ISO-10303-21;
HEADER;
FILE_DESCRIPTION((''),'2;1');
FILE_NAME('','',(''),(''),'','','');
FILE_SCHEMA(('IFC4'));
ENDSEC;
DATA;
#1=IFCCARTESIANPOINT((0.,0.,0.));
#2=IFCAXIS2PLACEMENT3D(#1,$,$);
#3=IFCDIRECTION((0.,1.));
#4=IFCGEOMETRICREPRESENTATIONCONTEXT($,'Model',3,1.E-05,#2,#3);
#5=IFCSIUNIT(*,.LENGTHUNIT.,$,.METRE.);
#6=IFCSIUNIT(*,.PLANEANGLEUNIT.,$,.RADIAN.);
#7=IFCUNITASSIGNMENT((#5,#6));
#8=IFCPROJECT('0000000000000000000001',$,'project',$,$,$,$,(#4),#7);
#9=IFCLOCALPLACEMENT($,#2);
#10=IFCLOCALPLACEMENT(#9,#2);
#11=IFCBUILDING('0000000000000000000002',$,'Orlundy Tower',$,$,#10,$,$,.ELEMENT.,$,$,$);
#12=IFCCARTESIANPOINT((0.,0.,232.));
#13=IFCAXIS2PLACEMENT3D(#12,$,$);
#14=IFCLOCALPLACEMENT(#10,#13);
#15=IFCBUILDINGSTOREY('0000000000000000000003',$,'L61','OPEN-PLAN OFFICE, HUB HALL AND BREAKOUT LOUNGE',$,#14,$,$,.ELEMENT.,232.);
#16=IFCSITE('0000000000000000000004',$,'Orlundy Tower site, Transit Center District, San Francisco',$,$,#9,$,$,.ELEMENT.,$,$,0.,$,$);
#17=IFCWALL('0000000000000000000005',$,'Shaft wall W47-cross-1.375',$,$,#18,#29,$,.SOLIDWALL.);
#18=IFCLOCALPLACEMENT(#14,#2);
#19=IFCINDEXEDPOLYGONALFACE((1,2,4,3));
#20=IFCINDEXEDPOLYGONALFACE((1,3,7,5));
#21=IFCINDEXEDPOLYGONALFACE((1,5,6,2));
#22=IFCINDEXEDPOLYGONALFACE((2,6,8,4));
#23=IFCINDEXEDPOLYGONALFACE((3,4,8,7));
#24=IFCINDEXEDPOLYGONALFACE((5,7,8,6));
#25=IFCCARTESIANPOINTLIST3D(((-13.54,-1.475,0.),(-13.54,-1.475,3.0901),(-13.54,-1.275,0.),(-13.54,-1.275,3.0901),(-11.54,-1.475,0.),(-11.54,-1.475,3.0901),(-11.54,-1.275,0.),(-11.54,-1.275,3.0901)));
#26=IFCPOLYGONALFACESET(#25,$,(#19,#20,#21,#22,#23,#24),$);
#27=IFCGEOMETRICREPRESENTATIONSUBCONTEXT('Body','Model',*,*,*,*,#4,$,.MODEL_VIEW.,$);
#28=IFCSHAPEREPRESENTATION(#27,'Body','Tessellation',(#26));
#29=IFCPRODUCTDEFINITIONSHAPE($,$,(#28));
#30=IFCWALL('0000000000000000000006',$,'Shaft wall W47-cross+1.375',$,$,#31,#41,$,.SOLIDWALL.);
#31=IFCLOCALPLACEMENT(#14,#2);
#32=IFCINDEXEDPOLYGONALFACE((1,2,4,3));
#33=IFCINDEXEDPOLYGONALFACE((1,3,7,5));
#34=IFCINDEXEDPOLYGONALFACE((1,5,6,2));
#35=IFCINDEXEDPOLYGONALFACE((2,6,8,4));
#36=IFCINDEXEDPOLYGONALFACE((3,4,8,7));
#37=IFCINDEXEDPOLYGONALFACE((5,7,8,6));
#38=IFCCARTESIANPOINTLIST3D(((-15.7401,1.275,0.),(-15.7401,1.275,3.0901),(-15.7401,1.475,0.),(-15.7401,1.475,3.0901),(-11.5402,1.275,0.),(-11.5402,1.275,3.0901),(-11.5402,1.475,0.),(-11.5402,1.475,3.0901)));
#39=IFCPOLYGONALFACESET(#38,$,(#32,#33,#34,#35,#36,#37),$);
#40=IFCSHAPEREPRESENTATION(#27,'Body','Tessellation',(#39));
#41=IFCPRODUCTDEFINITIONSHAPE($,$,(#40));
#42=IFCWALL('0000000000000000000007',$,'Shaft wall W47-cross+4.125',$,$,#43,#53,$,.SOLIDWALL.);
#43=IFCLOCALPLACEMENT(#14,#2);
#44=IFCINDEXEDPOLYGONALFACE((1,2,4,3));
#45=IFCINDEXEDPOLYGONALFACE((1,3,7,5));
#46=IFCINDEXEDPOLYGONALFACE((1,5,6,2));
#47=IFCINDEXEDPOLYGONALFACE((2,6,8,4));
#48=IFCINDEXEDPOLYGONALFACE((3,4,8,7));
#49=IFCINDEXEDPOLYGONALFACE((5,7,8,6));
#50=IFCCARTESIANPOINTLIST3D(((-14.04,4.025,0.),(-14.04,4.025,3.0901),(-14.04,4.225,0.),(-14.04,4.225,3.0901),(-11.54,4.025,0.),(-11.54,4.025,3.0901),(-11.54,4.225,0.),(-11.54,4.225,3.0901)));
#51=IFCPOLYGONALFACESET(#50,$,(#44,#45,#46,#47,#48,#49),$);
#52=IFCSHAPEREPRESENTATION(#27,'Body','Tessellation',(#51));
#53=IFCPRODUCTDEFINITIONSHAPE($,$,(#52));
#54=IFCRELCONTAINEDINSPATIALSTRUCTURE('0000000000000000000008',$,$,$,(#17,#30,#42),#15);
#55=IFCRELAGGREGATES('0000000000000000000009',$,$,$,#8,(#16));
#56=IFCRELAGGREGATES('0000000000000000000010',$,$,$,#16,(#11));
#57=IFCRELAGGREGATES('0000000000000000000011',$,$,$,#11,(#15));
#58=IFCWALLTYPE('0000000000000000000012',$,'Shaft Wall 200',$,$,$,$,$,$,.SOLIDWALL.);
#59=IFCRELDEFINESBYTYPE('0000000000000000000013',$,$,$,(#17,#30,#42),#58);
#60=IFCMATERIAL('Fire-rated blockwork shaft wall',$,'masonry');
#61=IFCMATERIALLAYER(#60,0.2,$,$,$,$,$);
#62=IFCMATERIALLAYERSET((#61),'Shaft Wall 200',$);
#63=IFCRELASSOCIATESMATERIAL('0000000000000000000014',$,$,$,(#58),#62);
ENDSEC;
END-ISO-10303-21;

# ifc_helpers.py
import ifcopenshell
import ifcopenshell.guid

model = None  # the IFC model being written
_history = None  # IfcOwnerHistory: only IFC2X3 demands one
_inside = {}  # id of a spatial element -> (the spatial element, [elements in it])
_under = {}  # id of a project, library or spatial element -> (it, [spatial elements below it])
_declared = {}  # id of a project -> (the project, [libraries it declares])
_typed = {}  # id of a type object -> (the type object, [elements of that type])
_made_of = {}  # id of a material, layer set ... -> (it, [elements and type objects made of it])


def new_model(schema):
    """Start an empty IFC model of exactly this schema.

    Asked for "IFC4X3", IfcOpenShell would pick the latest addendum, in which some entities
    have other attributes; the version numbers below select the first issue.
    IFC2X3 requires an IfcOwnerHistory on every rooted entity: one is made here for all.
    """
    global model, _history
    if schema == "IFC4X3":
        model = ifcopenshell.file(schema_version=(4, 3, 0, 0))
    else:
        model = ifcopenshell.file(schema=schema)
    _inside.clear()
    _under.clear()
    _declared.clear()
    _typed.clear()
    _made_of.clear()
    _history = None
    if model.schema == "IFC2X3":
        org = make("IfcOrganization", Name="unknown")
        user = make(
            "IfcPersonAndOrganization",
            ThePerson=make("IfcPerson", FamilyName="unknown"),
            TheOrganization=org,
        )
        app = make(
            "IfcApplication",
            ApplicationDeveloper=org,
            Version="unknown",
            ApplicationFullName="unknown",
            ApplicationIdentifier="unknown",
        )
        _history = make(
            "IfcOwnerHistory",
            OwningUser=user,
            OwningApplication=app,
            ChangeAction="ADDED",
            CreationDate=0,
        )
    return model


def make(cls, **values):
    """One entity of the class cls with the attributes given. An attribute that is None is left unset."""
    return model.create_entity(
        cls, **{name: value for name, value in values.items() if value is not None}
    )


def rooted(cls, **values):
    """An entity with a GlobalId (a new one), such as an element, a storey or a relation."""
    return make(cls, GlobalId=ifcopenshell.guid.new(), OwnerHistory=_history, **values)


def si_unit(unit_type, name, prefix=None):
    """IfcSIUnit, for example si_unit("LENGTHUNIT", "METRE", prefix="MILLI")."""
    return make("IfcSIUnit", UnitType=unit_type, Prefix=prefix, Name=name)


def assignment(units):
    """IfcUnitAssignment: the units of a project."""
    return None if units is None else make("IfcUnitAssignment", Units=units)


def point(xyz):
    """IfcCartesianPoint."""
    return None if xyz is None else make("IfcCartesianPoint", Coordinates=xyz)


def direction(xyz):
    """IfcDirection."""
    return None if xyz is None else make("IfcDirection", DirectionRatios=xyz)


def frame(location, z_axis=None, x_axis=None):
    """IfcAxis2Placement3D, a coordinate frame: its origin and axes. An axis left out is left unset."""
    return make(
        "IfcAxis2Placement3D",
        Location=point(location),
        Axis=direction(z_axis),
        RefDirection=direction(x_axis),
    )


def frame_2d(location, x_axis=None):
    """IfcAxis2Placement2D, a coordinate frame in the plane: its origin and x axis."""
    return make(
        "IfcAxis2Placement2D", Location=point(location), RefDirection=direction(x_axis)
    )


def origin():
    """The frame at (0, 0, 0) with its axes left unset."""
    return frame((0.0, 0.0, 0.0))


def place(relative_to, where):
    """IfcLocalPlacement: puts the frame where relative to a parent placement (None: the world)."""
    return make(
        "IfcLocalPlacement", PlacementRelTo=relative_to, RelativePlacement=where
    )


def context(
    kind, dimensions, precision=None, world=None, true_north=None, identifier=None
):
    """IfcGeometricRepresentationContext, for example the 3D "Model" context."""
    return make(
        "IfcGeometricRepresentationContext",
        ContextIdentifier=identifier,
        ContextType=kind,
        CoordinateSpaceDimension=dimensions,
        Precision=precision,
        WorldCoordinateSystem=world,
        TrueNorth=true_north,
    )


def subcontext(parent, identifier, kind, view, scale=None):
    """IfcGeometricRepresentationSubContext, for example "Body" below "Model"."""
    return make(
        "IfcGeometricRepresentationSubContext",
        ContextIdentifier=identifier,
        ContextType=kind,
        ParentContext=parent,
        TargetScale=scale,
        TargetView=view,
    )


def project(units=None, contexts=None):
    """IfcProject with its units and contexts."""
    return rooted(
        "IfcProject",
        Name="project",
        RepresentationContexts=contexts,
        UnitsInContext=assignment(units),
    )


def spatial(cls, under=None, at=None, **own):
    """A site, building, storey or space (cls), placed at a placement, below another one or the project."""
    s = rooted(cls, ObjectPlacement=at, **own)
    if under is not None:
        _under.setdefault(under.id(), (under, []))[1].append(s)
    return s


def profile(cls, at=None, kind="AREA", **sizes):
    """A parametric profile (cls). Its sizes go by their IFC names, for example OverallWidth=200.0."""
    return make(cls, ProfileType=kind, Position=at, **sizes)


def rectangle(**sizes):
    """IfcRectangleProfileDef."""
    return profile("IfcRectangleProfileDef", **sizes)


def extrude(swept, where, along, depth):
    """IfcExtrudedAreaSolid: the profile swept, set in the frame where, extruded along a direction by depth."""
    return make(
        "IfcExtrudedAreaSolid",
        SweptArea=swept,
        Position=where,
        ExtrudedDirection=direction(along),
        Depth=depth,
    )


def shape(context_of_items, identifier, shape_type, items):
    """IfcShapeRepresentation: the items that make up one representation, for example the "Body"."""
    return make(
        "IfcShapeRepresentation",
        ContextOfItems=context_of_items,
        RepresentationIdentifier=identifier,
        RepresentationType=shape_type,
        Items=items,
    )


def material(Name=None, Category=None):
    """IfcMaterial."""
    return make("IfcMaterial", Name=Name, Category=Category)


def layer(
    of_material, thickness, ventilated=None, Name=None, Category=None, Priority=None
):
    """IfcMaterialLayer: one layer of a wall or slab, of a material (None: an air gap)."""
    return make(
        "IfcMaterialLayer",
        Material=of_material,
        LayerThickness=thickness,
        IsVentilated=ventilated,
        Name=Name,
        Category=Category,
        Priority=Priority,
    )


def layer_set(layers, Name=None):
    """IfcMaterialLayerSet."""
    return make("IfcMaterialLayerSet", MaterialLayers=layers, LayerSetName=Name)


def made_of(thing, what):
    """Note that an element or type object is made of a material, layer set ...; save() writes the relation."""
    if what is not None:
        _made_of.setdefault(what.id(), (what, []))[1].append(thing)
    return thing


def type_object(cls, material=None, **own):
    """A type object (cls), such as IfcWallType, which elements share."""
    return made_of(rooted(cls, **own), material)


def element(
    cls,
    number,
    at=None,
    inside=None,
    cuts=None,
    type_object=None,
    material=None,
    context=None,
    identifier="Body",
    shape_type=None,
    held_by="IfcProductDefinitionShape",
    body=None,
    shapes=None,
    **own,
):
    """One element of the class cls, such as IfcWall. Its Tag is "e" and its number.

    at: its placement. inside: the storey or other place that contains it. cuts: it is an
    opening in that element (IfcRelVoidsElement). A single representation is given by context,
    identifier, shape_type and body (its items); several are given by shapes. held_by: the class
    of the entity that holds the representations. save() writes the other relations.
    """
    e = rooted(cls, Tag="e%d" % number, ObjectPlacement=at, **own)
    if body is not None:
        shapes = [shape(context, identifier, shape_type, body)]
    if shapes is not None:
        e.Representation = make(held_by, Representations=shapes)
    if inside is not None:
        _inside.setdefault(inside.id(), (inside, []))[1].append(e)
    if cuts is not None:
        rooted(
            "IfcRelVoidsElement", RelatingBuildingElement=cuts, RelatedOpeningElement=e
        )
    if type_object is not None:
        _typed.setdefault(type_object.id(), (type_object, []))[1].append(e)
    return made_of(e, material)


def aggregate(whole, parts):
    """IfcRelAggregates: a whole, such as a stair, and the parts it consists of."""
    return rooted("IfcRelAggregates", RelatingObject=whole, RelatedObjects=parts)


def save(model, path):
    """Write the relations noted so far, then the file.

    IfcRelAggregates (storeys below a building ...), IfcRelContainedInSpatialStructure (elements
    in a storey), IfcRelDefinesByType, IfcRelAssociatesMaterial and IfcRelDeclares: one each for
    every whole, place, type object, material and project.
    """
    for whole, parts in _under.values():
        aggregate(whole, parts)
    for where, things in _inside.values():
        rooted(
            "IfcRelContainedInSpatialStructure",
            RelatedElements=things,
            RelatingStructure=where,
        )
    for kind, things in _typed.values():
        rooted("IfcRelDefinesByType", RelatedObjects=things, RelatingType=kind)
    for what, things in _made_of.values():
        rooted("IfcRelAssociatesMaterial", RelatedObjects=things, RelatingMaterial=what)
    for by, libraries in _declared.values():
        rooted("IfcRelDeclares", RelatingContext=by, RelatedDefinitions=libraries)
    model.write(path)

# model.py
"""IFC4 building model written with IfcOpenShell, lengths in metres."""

from ifc_helpers import new_model, si_unit, direction, frame, frame_2d, origin, place, context, subcontext, project, spatial, rectangle, extrude, material, layer, layer_set, type_object, element, save


model = new_model("IFC4")

# Units and contexts
model_context = context("Model", 3, precision=1e-05, world=origin(), true_north=direction((0.0, 1.0)))
body_context = subcontext(model_context, "Body", "Model", "MODEL_VIEW")
ifc_project = project(units=[si_unit("LENGTHUNIT", "METRE"), si_unit("PLANEANGLEUNIT", "RADIAN")], contexts=[model_context])

# Site, building, storey
site_placement = place(None, origin())
site = spatial("IfcSite", under=ifc_project, at=site_placement, Name="Orlundy Tower site, Transit Center District, San Francisco", CompositionType="ELEMENT", RefElevation=0.0)
building_placement = place(site_placement, origin())
building = spatial("IfcBuilding", under=site, at=building_placement, Name="Orlundy Tower", CompositionType="ELEMENT")
storey_placement = place(building_placement, frame((0.0, 0.0, 232.0)))
storey = spatial("IfcBuildingStorey", under=building, at=storey_placement, Name="L61", Description="OPEN-PLAN OFFICE, HUB HALL AND BREAKOUT LOUNGE", CompositionType="ELEMENT", Elevation=232.0)

# Walls
ifc_material_1 = material(Name="Fire-rated blockwork shaft wall", Category="masonry")
ifc_layer_1 = layer(ifc_material_1, 0.2)
ifc_layer_set_1 = layer_set([ifc_layer_1], Name="Shaft Wall 200")
wall_type_1 = type_object("IfcWallType", Name="Shaft Wall 200", PredefinedType="SOLIDWALL", material=ifc_layer_set_1)
wall_1_placement = place(storey_placement, frame((-11.54, -1.375, 0.0), z_axis=(0.0, 0.0, 1.0), x_axis=(-1.0, 0.0, 0.0)))
element("IfcWall", 1, at=wall_1_placement, inside=storey, type_object=wall_type_1, Name="Shaft wall W47-cross-1.375", PredefinedType="SOLIDWALL", context=body_context, shape_type="SweptSolid", body=[
    extrude(rectangle(XDim=2.0, YDim=0.2, at=frame_2d((1.0, 0.0))), origin(), (0.0, 0.0, 1.0), 3.0901),
])
wall_2_placement = place(storey_placement, frame((-11.54, 1.375, 0.0), z_axis=(0.0, 0.0, 1.0), x_axis=(-1.0, 0.0, 0.0)))
element("IfcWall", 2, at=wall_2_placement, inside=storey, type_object=wall_type_1, Name="Shaft wall W47-cross+1.375", PredefinedType="SOLIDWALL", context=body_context, shape_type="SweptSolid", body=[
    extrude(rectangle(XDim=4.2, YDim=0.2, at=frame_2d((2.1001, 0.0))), origin(), (0.0, 0.0, 1.0), 3.0901),
])
wall_3_placement = place(storey_placement, frame((-11.54, 4.125, 0.0), z_axis=(0.0, 0.0, 1.0), x_axis=(-1.0, 0.0, 0.0)))
element("IfcWall", 3, at=wall_3_placement, inside=storey, type_object=wall_type_1, Name="Shaft wall W47-cross+4.125", PredefinedType="SOLIDWALL", context=body_context, shape_type="SweptSolid", body=[
    extrude(rectangle(XDim=2.5, YDim=0.2, at=frame_2d((1.25, 0.0))), origin(), (0.0, 0.0, 1.0), 3.0901),
])

save(model, "model.ifc")
